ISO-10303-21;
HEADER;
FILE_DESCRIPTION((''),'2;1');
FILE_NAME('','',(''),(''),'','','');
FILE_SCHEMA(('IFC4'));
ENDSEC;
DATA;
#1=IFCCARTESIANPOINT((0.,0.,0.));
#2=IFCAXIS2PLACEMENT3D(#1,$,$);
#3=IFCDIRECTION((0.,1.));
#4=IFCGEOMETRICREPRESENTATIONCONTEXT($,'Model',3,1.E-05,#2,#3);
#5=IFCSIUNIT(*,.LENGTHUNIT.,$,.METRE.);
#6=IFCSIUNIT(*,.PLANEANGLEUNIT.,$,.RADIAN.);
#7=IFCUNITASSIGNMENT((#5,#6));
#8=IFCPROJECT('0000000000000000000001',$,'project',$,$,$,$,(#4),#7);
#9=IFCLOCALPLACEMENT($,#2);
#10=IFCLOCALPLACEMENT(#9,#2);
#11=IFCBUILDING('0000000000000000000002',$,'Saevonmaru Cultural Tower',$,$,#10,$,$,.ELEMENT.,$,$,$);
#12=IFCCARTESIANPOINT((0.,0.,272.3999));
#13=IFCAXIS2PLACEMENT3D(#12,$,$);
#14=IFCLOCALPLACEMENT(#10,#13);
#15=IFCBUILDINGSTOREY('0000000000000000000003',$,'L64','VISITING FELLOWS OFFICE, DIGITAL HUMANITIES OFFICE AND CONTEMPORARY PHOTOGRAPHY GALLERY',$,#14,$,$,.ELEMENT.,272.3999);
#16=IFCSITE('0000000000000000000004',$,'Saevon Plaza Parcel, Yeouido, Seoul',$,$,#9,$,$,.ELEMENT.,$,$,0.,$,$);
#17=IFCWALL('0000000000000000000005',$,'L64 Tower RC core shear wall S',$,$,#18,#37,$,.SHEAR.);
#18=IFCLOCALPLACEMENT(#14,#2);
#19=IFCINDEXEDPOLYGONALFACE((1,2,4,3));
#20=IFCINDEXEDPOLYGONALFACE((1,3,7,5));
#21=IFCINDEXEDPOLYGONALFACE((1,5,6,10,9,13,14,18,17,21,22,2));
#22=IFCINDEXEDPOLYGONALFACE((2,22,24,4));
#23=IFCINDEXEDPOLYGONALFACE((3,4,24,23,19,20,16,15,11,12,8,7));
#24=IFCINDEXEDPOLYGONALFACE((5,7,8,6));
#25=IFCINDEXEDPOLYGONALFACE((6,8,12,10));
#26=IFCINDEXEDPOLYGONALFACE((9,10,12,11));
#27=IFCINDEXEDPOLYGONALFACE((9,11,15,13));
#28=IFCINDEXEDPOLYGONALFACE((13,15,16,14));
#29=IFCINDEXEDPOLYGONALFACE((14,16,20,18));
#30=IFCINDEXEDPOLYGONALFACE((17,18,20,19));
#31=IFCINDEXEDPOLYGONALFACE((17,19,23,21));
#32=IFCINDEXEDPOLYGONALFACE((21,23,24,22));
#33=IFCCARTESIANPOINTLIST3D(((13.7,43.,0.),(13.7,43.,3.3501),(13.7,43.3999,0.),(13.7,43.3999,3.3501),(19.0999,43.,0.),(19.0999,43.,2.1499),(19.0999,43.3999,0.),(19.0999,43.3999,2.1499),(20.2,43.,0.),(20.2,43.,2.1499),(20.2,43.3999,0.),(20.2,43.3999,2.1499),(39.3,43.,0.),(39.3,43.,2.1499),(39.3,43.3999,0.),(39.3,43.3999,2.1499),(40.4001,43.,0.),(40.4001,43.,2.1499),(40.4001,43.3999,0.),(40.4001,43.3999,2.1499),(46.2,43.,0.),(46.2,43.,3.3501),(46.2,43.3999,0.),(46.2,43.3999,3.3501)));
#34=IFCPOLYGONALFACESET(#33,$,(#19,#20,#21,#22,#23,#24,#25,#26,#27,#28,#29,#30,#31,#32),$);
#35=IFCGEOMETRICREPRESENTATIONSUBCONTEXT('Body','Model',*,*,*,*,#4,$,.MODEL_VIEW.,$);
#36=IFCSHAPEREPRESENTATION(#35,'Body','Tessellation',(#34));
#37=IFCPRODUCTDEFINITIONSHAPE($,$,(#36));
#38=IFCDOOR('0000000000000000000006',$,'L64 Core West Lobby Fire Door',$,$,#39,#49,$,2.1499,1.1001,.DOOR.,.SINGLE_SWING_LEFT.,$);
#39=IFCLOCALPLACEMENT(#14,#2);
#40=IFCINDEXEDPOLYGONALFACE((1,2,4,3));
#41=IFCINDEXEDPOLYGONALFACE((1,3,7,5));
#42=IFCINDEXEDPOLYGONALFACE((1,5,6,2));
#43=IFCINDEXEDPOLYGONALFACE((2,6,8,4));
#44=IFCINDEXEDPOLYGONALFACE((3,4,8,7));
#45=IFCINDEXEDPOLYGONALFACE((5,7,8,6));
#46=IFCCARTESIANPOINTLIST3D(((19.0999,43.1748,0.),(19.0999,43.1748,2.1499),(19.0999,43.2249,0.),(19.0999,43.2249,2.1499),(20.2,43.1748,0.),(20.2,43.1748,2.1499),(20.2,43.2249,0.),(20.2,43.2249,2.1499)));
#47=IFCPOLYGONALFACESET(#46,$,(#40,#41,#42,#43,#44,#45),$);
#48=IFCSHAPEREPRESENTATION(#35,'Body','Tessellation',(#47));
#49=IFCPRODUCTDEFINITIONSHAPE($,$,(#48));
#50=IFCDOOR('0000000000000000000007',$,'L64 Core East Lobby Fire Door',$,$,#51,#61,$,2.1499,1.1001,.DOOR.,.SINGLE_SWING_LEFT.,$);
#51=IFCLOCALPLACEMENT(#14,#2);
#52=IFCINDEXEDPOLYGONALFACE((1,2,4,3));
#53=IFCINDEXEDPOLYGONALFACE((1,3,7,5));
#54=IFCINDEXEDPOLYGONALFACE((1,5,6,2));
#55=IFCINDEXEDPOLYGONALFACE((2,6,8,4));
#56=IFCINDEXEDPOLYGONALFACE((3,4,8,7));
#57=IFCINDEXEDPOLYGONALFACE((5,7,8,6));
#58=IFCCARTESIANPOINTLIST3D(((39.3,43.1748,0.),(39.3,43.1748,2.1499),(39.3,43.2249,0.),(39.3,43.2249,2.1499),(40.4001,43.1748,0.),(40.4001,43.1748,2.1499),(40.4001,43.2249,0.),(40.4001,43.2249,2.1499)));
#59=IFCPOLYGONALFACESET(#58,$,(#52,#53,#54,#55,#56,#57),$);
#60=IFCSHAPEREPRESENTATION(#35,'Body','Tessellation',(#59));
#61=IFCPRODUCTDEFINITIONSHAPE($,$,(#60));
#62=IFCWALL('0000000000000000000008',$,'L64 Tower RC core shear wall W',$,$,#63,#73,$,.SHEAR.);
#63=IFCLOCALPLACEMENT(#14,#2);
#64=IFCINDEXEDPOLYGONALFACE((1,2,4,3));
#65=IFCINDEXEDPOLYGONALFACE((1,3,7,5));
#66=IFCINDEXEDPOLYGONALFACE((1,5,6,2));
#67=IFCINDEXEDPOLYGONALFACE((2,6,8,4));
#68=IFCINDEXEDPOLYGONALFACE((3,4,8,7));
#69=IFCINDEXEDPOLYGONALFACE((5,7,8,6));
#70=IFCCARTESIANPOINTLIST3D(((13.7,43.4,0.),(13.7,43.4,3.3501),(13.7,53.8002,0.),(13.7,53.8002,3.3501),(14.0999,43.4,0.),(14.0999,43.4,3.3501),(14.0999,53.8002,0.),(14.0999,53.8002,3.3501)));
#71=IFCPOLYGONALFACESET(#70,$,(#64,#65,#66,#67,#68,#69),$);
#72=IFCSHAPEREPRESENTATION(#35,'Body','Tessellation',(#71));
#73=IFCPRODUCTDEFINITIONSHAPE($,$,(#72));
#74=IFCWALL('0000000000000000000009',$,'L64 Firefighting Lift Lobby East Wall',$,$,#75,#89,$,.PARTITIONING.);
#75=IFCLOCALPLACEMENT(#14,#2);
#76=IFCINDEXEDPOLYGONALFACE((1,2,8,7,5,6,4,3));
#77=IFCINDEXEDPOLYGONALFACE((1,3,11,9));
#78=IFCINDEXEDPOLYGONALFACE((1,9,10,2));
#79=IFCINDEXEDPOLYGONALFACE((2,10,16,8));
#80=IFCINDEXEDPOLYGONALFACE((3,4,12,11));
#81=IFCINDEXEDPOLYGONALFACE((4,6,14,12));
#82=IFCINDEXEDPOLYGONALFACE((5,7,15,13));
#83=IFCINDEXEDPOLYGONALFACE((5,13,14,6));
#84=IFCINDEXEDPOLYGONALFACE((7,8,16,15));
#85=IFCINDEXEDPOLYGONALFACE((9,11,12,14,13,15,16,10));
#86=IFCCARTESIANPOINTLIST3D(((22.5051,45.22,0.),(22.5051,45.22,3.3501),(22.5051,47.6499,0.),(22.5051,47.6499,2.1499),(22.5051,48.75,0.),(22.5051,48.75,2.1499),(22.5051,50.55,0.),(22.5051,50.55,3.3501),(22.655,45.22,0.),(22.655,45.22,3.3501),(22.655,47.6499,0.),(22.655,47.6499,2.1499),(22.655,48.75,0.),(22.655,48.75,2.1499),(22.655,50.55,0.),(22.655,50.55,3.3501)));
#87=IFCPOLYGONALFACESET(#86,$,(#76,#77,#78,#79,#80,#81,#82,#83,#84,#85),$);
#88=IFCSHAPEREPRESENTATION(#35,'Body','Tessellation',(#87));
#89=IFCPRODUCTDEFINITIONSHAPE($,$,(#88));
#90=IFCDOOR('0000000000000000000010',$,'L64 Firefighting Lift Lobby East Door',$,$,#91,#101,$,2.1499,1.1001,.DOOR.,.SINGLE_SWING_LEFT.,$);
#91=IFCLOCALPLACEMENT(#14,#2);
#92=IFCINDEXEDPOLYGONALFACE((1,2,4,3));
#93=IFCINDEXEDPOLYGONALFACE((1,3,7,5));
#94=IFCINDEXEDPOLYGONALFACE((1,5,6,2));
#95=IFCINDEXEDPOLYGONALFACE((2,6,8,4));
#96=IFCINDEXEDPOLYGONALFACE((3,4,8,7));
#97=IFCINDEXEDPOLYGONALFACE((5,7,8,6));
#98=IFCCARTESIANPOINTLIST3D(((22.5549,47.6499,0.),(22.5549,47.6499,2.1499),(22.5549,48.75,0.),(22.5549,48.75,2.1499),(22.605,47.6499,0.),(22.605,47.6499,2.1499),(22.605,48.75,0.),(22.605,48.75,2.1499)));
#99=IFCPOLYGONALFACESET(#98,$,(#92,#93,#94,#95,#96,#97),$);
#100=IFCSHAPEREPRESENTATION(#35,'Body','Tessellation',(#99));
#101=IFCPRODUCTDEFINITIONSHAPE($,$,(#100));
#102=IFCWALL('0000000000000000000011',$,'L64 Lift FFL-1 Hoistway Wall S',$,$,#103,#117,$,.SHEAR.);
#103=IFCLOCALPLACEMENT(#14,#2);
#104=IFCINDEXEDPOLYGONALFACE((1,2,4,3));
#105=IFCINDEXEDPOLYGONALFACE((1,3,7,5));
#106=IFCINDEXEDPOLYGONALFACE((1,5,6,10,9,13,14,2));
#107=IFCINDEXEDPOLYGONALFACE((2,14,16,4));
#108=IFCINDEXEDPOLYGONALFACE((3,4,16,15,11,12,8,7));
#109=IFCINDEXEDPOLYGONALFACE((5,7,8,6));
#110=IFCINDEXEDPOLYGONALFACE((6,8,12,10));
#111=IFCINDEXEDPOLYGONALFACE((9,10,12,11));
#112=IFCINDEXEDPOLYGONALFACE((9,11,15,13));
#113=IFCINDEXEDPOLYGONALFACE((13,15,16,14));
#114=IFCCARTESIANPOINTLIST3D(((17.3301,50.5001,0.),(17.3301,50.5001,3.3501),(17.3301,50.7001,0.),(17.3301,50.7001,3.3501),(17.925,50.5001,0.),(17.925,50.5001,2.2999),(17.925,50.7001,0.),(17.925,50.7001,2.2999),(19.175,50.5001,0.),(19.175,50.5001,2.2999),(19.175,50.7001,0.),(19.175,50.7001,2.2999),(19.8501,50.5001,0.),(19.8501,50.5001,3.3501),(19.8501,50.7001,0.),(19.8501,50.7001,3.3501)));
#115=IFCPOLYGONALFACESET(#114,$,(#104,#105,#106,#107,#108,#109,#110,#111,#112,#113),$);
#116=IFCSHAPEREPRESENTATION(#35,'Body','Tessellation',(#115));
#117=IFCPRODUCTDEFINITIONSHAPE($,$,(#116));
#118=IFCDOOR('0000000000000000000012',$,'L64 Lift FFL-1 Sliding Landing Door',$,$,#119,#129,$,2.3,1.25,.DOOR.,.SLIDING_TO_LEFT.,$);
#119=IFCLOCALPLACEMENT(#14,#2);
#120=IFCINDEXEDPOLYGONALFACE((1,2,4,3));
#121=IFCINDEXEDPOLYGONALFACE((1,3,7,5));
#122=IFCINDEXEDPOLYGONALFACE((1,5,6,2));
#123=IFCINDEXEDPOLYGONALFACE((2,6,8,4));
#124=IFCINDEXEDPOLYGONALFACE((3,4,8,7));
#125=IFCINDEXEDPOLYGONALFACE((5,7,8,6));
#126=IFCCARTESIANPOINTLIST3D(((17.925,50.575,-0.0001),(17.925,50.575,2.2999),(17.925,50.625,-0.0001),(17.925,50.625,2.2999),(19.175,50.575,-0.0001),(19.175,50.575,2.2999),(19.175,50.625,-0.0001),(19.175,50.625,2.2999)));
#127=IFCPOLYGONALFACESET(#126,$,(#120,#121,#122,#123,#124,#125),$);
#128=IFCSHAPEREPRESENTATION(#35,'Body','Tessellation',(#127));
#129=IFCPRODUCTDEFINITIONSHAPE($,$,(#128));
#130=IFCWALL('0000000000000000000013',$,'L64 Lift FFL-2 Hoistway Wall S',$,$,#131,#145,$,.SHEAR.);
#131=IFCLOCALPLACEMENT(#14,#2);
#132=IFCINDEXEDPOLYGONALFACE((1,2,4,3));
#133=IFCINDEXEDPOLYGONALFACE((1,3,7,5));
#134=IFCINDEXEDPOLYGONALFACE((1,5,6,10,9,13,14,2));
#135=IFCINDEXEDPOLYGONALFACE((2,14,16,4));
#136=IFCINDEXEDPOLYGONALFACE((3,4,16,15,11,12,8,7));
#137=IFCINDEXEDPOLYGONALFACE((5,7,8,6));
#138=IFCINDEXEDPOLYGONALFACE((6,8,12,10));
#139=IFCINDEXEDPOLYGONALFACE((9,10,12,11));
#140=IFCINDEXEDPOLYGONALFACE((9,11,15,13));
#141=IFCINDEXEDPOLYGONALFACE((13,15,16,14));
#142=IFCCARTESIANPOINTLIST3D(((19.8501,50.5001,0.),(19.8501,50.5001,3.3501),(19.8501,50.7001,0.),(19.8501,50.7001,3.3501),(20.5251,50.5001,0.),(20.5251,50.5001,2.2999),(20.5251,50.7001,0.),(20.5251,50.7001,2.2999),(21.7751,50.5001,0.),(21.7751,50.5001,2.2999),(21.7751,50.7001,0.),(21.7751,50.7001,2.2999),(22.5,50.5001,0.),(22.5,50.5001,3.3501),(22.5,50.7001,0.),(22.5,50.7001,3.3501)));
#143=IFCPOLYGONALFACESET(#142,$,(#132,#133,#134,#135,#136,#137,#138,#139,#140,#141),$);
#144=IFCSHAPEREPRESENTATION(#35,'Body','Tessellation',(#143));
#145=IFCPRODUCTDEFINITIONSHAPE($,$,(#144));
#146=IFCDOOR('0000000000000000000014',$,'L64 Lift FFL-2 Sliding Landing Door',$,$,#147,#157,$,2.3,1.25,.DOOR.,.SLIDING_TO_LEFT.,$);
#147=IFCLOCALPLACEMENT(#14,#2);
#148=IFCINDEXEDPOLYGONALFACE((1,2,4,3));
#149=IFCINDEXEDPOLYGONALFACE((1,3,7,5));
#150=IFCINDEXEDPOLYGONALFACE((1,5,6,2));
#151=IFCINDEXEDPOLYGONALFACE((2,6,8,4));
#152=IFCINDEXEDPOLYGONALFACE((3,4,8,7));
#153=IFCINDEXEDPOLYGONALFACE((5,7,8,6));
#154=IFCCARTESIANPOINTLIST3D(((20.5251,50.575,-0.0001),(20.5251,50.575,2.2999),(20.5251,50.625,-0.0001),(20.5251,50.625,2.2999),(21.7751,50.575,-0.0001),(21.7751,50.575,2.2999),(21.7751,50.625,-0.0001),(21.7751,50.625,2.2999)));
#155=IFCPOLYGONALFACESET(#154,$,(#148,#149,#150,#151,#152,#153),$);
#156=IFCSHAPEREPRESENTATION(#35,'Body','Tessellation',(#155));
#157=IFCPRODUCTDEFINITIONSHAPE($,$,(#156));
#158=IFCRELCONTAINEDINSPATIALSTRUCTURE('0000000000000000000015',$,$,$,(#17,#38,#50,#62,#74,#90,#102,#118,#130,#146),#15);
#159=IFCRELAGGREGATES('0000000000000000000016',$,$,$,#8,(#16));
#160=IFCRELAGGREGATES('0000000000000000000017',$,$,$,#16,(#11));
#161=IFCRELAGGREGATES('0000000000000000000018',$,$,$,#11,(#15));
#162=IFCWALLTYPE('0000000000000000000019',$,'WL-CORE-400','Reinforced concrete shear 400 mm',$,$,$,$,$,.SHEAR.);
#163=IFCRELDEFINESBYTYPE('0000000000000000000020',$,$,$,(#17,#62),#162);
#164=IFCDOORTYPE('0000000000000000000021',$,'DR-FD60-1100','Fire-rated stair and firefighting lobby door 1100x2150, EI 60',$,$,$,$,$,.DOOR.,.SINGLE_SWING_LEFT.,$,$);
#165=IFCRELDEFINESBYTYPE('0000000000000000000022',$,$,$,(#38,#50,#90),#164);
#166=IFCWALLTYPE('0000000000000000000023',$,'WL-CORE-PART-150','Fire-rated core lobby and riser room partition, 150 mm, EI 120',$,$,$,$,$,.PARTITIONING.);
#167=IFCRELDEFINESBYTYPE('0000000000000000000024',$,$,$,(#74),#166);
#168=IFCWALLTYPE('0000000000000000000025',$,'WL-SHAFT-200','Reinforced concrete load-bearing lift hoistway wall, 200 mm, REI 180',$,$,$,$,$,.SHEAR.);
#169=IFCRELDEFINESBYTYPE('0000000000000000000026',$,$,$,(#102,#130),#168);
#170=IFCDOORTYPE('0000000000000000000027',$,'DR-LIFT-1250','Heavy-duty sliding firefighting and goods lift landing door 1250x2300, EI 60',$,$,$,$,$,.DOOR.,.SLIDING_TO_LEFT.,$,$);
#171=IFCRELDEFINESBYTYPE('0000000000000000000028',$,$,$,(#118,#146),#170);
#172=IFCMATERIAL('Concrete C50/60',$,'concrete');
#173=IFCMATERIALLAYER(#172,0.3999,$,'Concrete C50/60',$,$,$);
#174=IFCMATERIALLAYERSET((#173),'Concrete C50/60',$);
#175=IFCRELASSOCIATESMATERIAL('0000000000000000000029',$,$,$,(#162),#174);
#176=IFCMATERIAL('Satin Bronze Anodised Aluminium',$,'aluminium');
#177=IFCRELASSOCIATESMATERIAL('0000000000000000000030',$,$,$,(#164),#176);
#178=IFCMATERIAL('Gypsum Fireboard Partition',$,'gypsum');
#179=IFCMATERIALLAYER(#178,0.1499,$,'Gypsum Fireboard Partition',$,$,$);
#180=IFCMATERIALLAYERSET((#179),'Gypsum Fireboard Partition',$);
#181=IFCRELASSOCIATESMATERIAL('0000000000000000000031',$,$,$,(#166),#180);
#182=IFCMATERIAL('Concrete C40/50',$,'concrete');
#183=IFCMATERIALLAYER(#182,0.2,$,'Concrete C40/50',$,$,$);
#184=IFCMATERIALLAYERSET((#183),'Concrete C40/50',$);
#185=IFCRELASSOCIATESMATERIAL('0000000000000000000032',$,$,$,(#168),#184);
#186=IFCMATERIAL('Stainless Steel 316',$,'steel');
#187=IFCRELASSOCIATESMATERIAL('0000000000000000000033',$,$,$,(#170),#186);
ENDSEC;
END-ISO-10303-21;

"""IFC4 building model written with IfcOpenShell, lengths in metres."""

from ifc_helpers import new_model, si_unit, direction, frame, frame_2d, origin, place, context, subcontext, project, spatial, rectangle, extrude, material, layer, layer_set, type_object, element, fill, save


model = new_model("IFC4")

# Units and contexts
model_context = context("Model", 3, precision=1e-05, world=origin(), true_north=direction((0.0, 1.0)))
body_context = subcontext(model_context, "Body", "Model", "MODEL_VIEW")
ifc_project = project(units=[si_unit("LENGTHUNIT", "METRE"), si_unit("PLANEANGLEUNIT", "RADIAN")], contexts=[model_context])

# Site, building, storey
site_placement = place(None, origin())
site = spatial("IfcSite", under=ifc_project, at=site_placement, Name="Saevon Plaza Parcel, Yeouido, Seoul", CompositionType="ELEMENT", RefElevation=0.0)
building_placement = place(site_placement, origin())
building = spatial("IfcBuilding", under=site, at=building_placement, Name="Saevonmaru Cultural Tower", CompositionType="ELEMENT")
storey_placement = place(building_placement, frame((0.0, 0.0, 272.3999)))
storey = spatial("IfcBuildingStorey", under=building, at=storey_placement, Name="L64", Description="VISITING FELLOWS OFFICE, DIGITAL HUMANITIES OFFICE AND CONTEMPORARY PHOTOGRAPHY GALLERY", CompositionType="ELEMENT", Elevation=272.3999)

# Wall, openings, doors
ifc_material_1 = material(Name="Concrete C50/60", Category="concrete")
ifc_layer_1 = layer(ifc_material_1, 0.3999, Name="Concrete C50/60")
ifc_layer_set_1 = layer_set([ifc_layer_1], Name="Concrete C50/60")
wall_type_1 = type_object("IfcWallType", Name="WL-CORE-400", Description="Reinforced concrete shear 400 mm", PredefinedType="SHEAR", material=ifc_layer_set_1)
wall_1_placement = place(storey_placement, frame((13.7, 43.2, 0.0), z_axis=(0.0, 0.0, 1.0), x_axis=(1.0, 0.0, 0.0)))
wall_1 = element("IfcWall", 1, at=wall_1_placement, inside=storey, type_object=wall_type_1, Name="L64 Tower RC core shear wall S", PredefinedType="SHEAR", context=body_context, shape_type="SweptSolid", body=[
    extrude(rectangle(XDim=32.5, YDim=0.3999, at=frame_2d((16.25, 0.0))), origin(), (0.0, 0.0, 1.0), 3.3501),
])
opening_1_placement = place(wall_1_placement, frame((5.3999, 0.0, 0.0)))
opening_1 = element("IfcOpeningElement", 2, at=opening_1_placement, cuts=wall_1, PredefinedType="OPENING", context=body_context, shape_type="SweptSolid", body=[
    extrude(rectangle(XDim=1.1001, YDim=2.1499, at=frame_2d((0.55, 1.075))), frame((0.0, 0.21, 0.0), z_axis=(0.0, -1.0, 0.0), x_axis=(1.0, 0.0, 0.0)), (0.0, 0.0, 1.0), 0.4199),
])
opening_2_placement = place(wall_1_placement, frame((25.6001, 0.0, 0.0)))
opening_2 = element("IfcOpeningElement", 3, at=opening_2_placement, cuts=wall_1, PredefinedType="OPENING", context=body_context, shape_type="SweptSolid", body=[
    extrude(rectangle(XDim=1.1001, YDim=2.1499, at=frame_2d((0.55, 1.075))), frame((0.0, 0.21, 0.0), z_axis=(0.0, -1.0, 0.0), x_axis=(1.0, 0.0, 0.0)), (0.0, 0.0, 1.0), 0.4199),
])
ifc_material_2 = material(Name="Satin Bronze Anodised Aluminium", Category="aluminium")
door_type_1 = type_object("IfcDoorType", Name="DR-FD60-1100", Description="Fire-rated stair and firefighting lobby door 1100x2150, EI 60", OperationType="SINGLE_SWING_LEFT", PredefinedType="DOOR", material=ifc_material_2)
door_1_placement = place(opening_1_placement, origin())
door_1 = element("IfcDoor", 4, at=door_1_placement, inside=storey, type_object=door_type_1, Name="L64 Core West Lobby Fire Door", OperationType="SINGLE_SWING_LEFT", OverallHeight=2.1499, OverallWidth=1.1001, PredefinedType="DOOR", context=body_context, shape_type="SweptSolid", body=[
    extrude(rectangle(XDim=1.1001, YDim=2.1499, at=frame_2d((0.55, 1.075))), frame((0.0, 0.0249, 0.0), z_axis=(0.0, -1.0, 0.0), x_axis=(1.0, 0.0, 0.0)), (0.0, 0.0, 1.0), 0.05),
])
fill(opening_1, door_1)
door_2_placement = place(opening_2_placement, origin())
door_2 = element("IfcDoor", 5, at=door_2_placement, inside=storey, type_object=door_type_1, Name="L64 Core East Lobby Fire Door", OperationType="SINGLE_SWING_LEFT", OverallHeight=2.1499, OverallWidth=1.1001, PredefinedType="DOOR", context=body_context, shape_type="SweptSolid", body=[
    extrude(rectangle(XDim=1.1001, YDim=2.1499, at=frame_2d((0.55, 1.075))), frame((0.0, 0.0249, 0.0), z_axis=(0.0, -1.0, 0.0), x_axis=(1.0, 0.0, 0.0)), (0.0, 0.0, 1.0), 0.05),
])
fill(opening_2, door_2)

# Wall
wall_2_placement = place(storey_placement, frame((13.8999, 43.3999, 0.0), z_axis=(0.0, 0.0, 1.0), x_axis=(0.0, 1.0, 0.0)))
element("IfcWall", 6, at=wall_2_placement, inside=storey, type_object=wall_type_1, Name="L64 Tower RC core shear wall W", PredefinedType="SHEAR", context=body_context, shape_type="SweptSolid", body=[
    extrude(rectangle(XDim=10.4001, YDim=0.3999, at=frame_2d((5.2002, 0.0))), origin(), (0.0, 0.0, 1.0), 3.3501),
])

# Walls, openings, doors
ifc_material_3 = material(Name="Gypsum Fireboard Partition", Category="gypsum")
ifc_layer_2 = layer(ifc_material_3, 0.1499, Name="Gypsum Fireboard Partition")
ifc_layer_set_2 = layer_set([ifc_layer_2], Name="Gypsum Fireboard Partition")
wall_type_2 = type_object("IfcWallType", Name="WL-CORE-PART-150", Description="Fire-rated core lobby and riser room partition, 150 mm, EI 120", PredefinedType="PARTITIONING", material=ifc_layer_set_2)
wall_3_placement = place(storey_placement, frame((22.5801, 50.55, 0.0), z_axis=(0.0, 0.0, 1.0), x_axis=(0.0, -1.0, 0.0)))
wall_3 = element("IfcWall", 7, at=wall_3_placement, inside=storey, type_object=wall_type_2, Name="L64 Firefighting Lift Lobby East Wall", PredefinedType="PARTITIONING", context=body_context, shape_type="SweptSolid", body=[
    extrude(rectangle(XDim=5.3301, YDim=0.1499, at=frame_2d((2.665, 0.0))), origin(), (0.0, 0.0, 1.0), 3.3501),
])
opening_3_placement = place(wall_3_placement, frame((1.8, 0.0, 0.0)))
opening_3 = element("IfcOpeningElement", 8, at=opening_3_placement, cuts=wall_3, PredefinedType="OPENING", context=body_context, shape_type="SweptSolid", body=[
    extrude(rectangle(XDim=1.1001, YDim=2.1499, at=frame_2d((0.55, 1.075))), frame((0.0, 0.085, 0.0), z_axis=(0.0, -1.0, 0.0), x_axis=(1.0, 0.0, 0.0)), (0.0, 0.0, 1.0), 0.1699),
])
door_3_placement = place(opening_3_placement, origin())
door_3 = element("IfcDoor", 9, at=door_3_placement, inside=storey, type_object=door_type_1, Name="L64 Firefighting Lift Lobby East Door", OperationType="SINGLE_SWING_LEFT", OverallHeight=2.1499, OverallWidth=1.1001, PredefinedType="DOOR", context=body_context, shape_type="SweptSolid", body=[
    extrude(rectangle(XDim=1.1001, YDim=2.1499, at=frame_2d((0.55, 1.075))), frame((0.0, 0.0249, 0.0), z_axis=(0.0, -1.0, 0.0), x_axis=(1.0, 0.0, 0.0)), (0.0, 0.0, 1.0), 0.05),
])
fill(opening_3, door_3)
ifc_material_4 = material(Name="Concrete C40/50", Category="concrete")
ifc_layer_3 = layer(ifc_material_4, 0.2, Name="Concrete C40/50")
ifc_layer_set_3 = layer_set([ifc_layer_3], Name="Concrete C40/50")
wall_type_3 = type_object("IfcWallType", Name="WL-SHAFT-200", Description="Reinforced concrete load-bearing lift hoistway wall, 200 mm, REI 180", PredefinedType="SHEAR", material=ifc_layer_set_3)
wall_4_placement = place(storey_placement, frame((17.3301, 50.6001, 0.0), z_axis=(0.0, 0.0, 1.0), x_axis=(1.0, 0.0, 0.0)))
wall_4 = element("IfcWall", 10, at=wall_4_placement, inside=storey, type_object=wall_type_3, Name="L64 Lift FFL-1 Hoistway Wall S", PredefinedType="SHEAR", context=body_context, shape_type="SweptSolid", body=[
    extrude(rectangle(XDim=2.52, YDim=0.2, at=frame_2d((1.26, 0.0))), origin(), (0.0, 0.0, 1.0), 3.3501),
])
opening_4_placement = place(wall_4_placement, frame((0.595, 0.0, 0.0)))
opening_4 = element("IfcOpeningElement", 11, at=opening_4_placement, cuts=wall_4, PredefinedType="OPENING", context=body_context, shape_type="SweptSolid", body=[
    extrude(rectangle(XDim=1.25, YDim=2.3, at=frame_2d((0.625, 1.1499))), frame((0.0, 0.1099, 0.0), z_axis=(0.0, -1.0, 0.0), x_axis=(1.0, 0.0, 0.0)), (0.0, 0.0, 1.0), 0.22),
])
ifc_material_5 = material(Name="Stainless Steel 316", Category="steel")
door_type_2 = type_object("IfcDoorType", Name="DR-LIFT-1250", Description="Heavy-duty sliding firefighting and goods lift landing door 1250x2300, EI 60", OperationType="SLIDING_TO_LEFT", PredefinedType="DOOR", material=ifc_material_5)
door_4_placement = place(opening_4_placement, origin())
door_4 = element("IfcDoor", 12, at=door_4_placement, inside=storey, type_object=door_type_2, Name="L64 Lift FFL-1 Sliding Landing Door", OperationType="SLIDING_TO_LEFT", OverallHeight=2.3, OverallWidth=1.25, PredefinedType="DOOR", context=body_context, shape_type="SweptSolid", body=[
    extrude(rectangle(XDim=1.25, YDim=2.3, at=frame_2d((0.625, 1.1499))), frame((0.0, 0.0249, 0.0), z_axis=(0.0, -1.0, 0.0), x_axis=(1.0, 0.0, 0.0)), (0.0, 0.0, 1.0), 0.05),
])
fill(opening_4, door_4)
wall_5_placement = place(storey_placement, frame((19.8501, 50.6001, 0.0), z_axis=(0.0, 0.0, 1.0), x_axis=(1.0, 0.0, 0.0)))
wall_5 = element("IfcWall", 13, at=wall_5_placement, inside=storey, type_object=wall_type_3, Name="L64 Lift FFL-2 Hoistway Wall S", PredefinedType="SHEAR", context=body_context, shape_type="SweptSolid", body=[
    extrude(rectangle(XDim=2.6499, YDim=0.2, at=frame_2d((1.325, 0.0))), origin(), (0.0, 0.0, 1.0), 3.3501),
])
opening_5_placement = place(wall_5_placement, frame((0.675, 0.0, 0.0)))
opening_5 = element("IfcOpeningElement", 14, at=opening_5_placement, cuts=wall_5, PredefinedType="OPENING", context=body_context, shape_type="SweptSolid", body=[
    extrude(rectangle(XDim=1.25, YDim=2.3, at=frame_2d((0.625, 1.1499))), frame((0.0, 0.1099, 0.0), z_axis=(0.0, -1.0, 0.0), x_axis=(1.0, 0.0, 0.0)), (0.0, 0.0, 1.0), 0.22),
])
door_5_placement = place(opening_5_placement, origin())
door_5 = element("IfcDoor", 15, at=door_5_placement, inside=storey, type_object=door_type_2, Name="L64 Lift FFL-2 Sliding Landing Door", OperationType="SLIDING_TO_LEFT", OverallHeight=2.3, OverallWidth=1.25, PredefinedType="DOOR", context=body_context, shape_type="SweptSolid", body=[
    extrude(rectangle(XDim=1.25, YDim=2.3, at=frame_2d((0.625, 1.1499))), frame((0.0, 0.0249, 0.0), z_axis=(0.0, -1.0, 0.0), x_axis=(1.0, 0.0, 0.0)), (0.0, 0.0, 1.0), 0.05),
])
fill(opening_5, door_5)

save(model, "model.ifc")
